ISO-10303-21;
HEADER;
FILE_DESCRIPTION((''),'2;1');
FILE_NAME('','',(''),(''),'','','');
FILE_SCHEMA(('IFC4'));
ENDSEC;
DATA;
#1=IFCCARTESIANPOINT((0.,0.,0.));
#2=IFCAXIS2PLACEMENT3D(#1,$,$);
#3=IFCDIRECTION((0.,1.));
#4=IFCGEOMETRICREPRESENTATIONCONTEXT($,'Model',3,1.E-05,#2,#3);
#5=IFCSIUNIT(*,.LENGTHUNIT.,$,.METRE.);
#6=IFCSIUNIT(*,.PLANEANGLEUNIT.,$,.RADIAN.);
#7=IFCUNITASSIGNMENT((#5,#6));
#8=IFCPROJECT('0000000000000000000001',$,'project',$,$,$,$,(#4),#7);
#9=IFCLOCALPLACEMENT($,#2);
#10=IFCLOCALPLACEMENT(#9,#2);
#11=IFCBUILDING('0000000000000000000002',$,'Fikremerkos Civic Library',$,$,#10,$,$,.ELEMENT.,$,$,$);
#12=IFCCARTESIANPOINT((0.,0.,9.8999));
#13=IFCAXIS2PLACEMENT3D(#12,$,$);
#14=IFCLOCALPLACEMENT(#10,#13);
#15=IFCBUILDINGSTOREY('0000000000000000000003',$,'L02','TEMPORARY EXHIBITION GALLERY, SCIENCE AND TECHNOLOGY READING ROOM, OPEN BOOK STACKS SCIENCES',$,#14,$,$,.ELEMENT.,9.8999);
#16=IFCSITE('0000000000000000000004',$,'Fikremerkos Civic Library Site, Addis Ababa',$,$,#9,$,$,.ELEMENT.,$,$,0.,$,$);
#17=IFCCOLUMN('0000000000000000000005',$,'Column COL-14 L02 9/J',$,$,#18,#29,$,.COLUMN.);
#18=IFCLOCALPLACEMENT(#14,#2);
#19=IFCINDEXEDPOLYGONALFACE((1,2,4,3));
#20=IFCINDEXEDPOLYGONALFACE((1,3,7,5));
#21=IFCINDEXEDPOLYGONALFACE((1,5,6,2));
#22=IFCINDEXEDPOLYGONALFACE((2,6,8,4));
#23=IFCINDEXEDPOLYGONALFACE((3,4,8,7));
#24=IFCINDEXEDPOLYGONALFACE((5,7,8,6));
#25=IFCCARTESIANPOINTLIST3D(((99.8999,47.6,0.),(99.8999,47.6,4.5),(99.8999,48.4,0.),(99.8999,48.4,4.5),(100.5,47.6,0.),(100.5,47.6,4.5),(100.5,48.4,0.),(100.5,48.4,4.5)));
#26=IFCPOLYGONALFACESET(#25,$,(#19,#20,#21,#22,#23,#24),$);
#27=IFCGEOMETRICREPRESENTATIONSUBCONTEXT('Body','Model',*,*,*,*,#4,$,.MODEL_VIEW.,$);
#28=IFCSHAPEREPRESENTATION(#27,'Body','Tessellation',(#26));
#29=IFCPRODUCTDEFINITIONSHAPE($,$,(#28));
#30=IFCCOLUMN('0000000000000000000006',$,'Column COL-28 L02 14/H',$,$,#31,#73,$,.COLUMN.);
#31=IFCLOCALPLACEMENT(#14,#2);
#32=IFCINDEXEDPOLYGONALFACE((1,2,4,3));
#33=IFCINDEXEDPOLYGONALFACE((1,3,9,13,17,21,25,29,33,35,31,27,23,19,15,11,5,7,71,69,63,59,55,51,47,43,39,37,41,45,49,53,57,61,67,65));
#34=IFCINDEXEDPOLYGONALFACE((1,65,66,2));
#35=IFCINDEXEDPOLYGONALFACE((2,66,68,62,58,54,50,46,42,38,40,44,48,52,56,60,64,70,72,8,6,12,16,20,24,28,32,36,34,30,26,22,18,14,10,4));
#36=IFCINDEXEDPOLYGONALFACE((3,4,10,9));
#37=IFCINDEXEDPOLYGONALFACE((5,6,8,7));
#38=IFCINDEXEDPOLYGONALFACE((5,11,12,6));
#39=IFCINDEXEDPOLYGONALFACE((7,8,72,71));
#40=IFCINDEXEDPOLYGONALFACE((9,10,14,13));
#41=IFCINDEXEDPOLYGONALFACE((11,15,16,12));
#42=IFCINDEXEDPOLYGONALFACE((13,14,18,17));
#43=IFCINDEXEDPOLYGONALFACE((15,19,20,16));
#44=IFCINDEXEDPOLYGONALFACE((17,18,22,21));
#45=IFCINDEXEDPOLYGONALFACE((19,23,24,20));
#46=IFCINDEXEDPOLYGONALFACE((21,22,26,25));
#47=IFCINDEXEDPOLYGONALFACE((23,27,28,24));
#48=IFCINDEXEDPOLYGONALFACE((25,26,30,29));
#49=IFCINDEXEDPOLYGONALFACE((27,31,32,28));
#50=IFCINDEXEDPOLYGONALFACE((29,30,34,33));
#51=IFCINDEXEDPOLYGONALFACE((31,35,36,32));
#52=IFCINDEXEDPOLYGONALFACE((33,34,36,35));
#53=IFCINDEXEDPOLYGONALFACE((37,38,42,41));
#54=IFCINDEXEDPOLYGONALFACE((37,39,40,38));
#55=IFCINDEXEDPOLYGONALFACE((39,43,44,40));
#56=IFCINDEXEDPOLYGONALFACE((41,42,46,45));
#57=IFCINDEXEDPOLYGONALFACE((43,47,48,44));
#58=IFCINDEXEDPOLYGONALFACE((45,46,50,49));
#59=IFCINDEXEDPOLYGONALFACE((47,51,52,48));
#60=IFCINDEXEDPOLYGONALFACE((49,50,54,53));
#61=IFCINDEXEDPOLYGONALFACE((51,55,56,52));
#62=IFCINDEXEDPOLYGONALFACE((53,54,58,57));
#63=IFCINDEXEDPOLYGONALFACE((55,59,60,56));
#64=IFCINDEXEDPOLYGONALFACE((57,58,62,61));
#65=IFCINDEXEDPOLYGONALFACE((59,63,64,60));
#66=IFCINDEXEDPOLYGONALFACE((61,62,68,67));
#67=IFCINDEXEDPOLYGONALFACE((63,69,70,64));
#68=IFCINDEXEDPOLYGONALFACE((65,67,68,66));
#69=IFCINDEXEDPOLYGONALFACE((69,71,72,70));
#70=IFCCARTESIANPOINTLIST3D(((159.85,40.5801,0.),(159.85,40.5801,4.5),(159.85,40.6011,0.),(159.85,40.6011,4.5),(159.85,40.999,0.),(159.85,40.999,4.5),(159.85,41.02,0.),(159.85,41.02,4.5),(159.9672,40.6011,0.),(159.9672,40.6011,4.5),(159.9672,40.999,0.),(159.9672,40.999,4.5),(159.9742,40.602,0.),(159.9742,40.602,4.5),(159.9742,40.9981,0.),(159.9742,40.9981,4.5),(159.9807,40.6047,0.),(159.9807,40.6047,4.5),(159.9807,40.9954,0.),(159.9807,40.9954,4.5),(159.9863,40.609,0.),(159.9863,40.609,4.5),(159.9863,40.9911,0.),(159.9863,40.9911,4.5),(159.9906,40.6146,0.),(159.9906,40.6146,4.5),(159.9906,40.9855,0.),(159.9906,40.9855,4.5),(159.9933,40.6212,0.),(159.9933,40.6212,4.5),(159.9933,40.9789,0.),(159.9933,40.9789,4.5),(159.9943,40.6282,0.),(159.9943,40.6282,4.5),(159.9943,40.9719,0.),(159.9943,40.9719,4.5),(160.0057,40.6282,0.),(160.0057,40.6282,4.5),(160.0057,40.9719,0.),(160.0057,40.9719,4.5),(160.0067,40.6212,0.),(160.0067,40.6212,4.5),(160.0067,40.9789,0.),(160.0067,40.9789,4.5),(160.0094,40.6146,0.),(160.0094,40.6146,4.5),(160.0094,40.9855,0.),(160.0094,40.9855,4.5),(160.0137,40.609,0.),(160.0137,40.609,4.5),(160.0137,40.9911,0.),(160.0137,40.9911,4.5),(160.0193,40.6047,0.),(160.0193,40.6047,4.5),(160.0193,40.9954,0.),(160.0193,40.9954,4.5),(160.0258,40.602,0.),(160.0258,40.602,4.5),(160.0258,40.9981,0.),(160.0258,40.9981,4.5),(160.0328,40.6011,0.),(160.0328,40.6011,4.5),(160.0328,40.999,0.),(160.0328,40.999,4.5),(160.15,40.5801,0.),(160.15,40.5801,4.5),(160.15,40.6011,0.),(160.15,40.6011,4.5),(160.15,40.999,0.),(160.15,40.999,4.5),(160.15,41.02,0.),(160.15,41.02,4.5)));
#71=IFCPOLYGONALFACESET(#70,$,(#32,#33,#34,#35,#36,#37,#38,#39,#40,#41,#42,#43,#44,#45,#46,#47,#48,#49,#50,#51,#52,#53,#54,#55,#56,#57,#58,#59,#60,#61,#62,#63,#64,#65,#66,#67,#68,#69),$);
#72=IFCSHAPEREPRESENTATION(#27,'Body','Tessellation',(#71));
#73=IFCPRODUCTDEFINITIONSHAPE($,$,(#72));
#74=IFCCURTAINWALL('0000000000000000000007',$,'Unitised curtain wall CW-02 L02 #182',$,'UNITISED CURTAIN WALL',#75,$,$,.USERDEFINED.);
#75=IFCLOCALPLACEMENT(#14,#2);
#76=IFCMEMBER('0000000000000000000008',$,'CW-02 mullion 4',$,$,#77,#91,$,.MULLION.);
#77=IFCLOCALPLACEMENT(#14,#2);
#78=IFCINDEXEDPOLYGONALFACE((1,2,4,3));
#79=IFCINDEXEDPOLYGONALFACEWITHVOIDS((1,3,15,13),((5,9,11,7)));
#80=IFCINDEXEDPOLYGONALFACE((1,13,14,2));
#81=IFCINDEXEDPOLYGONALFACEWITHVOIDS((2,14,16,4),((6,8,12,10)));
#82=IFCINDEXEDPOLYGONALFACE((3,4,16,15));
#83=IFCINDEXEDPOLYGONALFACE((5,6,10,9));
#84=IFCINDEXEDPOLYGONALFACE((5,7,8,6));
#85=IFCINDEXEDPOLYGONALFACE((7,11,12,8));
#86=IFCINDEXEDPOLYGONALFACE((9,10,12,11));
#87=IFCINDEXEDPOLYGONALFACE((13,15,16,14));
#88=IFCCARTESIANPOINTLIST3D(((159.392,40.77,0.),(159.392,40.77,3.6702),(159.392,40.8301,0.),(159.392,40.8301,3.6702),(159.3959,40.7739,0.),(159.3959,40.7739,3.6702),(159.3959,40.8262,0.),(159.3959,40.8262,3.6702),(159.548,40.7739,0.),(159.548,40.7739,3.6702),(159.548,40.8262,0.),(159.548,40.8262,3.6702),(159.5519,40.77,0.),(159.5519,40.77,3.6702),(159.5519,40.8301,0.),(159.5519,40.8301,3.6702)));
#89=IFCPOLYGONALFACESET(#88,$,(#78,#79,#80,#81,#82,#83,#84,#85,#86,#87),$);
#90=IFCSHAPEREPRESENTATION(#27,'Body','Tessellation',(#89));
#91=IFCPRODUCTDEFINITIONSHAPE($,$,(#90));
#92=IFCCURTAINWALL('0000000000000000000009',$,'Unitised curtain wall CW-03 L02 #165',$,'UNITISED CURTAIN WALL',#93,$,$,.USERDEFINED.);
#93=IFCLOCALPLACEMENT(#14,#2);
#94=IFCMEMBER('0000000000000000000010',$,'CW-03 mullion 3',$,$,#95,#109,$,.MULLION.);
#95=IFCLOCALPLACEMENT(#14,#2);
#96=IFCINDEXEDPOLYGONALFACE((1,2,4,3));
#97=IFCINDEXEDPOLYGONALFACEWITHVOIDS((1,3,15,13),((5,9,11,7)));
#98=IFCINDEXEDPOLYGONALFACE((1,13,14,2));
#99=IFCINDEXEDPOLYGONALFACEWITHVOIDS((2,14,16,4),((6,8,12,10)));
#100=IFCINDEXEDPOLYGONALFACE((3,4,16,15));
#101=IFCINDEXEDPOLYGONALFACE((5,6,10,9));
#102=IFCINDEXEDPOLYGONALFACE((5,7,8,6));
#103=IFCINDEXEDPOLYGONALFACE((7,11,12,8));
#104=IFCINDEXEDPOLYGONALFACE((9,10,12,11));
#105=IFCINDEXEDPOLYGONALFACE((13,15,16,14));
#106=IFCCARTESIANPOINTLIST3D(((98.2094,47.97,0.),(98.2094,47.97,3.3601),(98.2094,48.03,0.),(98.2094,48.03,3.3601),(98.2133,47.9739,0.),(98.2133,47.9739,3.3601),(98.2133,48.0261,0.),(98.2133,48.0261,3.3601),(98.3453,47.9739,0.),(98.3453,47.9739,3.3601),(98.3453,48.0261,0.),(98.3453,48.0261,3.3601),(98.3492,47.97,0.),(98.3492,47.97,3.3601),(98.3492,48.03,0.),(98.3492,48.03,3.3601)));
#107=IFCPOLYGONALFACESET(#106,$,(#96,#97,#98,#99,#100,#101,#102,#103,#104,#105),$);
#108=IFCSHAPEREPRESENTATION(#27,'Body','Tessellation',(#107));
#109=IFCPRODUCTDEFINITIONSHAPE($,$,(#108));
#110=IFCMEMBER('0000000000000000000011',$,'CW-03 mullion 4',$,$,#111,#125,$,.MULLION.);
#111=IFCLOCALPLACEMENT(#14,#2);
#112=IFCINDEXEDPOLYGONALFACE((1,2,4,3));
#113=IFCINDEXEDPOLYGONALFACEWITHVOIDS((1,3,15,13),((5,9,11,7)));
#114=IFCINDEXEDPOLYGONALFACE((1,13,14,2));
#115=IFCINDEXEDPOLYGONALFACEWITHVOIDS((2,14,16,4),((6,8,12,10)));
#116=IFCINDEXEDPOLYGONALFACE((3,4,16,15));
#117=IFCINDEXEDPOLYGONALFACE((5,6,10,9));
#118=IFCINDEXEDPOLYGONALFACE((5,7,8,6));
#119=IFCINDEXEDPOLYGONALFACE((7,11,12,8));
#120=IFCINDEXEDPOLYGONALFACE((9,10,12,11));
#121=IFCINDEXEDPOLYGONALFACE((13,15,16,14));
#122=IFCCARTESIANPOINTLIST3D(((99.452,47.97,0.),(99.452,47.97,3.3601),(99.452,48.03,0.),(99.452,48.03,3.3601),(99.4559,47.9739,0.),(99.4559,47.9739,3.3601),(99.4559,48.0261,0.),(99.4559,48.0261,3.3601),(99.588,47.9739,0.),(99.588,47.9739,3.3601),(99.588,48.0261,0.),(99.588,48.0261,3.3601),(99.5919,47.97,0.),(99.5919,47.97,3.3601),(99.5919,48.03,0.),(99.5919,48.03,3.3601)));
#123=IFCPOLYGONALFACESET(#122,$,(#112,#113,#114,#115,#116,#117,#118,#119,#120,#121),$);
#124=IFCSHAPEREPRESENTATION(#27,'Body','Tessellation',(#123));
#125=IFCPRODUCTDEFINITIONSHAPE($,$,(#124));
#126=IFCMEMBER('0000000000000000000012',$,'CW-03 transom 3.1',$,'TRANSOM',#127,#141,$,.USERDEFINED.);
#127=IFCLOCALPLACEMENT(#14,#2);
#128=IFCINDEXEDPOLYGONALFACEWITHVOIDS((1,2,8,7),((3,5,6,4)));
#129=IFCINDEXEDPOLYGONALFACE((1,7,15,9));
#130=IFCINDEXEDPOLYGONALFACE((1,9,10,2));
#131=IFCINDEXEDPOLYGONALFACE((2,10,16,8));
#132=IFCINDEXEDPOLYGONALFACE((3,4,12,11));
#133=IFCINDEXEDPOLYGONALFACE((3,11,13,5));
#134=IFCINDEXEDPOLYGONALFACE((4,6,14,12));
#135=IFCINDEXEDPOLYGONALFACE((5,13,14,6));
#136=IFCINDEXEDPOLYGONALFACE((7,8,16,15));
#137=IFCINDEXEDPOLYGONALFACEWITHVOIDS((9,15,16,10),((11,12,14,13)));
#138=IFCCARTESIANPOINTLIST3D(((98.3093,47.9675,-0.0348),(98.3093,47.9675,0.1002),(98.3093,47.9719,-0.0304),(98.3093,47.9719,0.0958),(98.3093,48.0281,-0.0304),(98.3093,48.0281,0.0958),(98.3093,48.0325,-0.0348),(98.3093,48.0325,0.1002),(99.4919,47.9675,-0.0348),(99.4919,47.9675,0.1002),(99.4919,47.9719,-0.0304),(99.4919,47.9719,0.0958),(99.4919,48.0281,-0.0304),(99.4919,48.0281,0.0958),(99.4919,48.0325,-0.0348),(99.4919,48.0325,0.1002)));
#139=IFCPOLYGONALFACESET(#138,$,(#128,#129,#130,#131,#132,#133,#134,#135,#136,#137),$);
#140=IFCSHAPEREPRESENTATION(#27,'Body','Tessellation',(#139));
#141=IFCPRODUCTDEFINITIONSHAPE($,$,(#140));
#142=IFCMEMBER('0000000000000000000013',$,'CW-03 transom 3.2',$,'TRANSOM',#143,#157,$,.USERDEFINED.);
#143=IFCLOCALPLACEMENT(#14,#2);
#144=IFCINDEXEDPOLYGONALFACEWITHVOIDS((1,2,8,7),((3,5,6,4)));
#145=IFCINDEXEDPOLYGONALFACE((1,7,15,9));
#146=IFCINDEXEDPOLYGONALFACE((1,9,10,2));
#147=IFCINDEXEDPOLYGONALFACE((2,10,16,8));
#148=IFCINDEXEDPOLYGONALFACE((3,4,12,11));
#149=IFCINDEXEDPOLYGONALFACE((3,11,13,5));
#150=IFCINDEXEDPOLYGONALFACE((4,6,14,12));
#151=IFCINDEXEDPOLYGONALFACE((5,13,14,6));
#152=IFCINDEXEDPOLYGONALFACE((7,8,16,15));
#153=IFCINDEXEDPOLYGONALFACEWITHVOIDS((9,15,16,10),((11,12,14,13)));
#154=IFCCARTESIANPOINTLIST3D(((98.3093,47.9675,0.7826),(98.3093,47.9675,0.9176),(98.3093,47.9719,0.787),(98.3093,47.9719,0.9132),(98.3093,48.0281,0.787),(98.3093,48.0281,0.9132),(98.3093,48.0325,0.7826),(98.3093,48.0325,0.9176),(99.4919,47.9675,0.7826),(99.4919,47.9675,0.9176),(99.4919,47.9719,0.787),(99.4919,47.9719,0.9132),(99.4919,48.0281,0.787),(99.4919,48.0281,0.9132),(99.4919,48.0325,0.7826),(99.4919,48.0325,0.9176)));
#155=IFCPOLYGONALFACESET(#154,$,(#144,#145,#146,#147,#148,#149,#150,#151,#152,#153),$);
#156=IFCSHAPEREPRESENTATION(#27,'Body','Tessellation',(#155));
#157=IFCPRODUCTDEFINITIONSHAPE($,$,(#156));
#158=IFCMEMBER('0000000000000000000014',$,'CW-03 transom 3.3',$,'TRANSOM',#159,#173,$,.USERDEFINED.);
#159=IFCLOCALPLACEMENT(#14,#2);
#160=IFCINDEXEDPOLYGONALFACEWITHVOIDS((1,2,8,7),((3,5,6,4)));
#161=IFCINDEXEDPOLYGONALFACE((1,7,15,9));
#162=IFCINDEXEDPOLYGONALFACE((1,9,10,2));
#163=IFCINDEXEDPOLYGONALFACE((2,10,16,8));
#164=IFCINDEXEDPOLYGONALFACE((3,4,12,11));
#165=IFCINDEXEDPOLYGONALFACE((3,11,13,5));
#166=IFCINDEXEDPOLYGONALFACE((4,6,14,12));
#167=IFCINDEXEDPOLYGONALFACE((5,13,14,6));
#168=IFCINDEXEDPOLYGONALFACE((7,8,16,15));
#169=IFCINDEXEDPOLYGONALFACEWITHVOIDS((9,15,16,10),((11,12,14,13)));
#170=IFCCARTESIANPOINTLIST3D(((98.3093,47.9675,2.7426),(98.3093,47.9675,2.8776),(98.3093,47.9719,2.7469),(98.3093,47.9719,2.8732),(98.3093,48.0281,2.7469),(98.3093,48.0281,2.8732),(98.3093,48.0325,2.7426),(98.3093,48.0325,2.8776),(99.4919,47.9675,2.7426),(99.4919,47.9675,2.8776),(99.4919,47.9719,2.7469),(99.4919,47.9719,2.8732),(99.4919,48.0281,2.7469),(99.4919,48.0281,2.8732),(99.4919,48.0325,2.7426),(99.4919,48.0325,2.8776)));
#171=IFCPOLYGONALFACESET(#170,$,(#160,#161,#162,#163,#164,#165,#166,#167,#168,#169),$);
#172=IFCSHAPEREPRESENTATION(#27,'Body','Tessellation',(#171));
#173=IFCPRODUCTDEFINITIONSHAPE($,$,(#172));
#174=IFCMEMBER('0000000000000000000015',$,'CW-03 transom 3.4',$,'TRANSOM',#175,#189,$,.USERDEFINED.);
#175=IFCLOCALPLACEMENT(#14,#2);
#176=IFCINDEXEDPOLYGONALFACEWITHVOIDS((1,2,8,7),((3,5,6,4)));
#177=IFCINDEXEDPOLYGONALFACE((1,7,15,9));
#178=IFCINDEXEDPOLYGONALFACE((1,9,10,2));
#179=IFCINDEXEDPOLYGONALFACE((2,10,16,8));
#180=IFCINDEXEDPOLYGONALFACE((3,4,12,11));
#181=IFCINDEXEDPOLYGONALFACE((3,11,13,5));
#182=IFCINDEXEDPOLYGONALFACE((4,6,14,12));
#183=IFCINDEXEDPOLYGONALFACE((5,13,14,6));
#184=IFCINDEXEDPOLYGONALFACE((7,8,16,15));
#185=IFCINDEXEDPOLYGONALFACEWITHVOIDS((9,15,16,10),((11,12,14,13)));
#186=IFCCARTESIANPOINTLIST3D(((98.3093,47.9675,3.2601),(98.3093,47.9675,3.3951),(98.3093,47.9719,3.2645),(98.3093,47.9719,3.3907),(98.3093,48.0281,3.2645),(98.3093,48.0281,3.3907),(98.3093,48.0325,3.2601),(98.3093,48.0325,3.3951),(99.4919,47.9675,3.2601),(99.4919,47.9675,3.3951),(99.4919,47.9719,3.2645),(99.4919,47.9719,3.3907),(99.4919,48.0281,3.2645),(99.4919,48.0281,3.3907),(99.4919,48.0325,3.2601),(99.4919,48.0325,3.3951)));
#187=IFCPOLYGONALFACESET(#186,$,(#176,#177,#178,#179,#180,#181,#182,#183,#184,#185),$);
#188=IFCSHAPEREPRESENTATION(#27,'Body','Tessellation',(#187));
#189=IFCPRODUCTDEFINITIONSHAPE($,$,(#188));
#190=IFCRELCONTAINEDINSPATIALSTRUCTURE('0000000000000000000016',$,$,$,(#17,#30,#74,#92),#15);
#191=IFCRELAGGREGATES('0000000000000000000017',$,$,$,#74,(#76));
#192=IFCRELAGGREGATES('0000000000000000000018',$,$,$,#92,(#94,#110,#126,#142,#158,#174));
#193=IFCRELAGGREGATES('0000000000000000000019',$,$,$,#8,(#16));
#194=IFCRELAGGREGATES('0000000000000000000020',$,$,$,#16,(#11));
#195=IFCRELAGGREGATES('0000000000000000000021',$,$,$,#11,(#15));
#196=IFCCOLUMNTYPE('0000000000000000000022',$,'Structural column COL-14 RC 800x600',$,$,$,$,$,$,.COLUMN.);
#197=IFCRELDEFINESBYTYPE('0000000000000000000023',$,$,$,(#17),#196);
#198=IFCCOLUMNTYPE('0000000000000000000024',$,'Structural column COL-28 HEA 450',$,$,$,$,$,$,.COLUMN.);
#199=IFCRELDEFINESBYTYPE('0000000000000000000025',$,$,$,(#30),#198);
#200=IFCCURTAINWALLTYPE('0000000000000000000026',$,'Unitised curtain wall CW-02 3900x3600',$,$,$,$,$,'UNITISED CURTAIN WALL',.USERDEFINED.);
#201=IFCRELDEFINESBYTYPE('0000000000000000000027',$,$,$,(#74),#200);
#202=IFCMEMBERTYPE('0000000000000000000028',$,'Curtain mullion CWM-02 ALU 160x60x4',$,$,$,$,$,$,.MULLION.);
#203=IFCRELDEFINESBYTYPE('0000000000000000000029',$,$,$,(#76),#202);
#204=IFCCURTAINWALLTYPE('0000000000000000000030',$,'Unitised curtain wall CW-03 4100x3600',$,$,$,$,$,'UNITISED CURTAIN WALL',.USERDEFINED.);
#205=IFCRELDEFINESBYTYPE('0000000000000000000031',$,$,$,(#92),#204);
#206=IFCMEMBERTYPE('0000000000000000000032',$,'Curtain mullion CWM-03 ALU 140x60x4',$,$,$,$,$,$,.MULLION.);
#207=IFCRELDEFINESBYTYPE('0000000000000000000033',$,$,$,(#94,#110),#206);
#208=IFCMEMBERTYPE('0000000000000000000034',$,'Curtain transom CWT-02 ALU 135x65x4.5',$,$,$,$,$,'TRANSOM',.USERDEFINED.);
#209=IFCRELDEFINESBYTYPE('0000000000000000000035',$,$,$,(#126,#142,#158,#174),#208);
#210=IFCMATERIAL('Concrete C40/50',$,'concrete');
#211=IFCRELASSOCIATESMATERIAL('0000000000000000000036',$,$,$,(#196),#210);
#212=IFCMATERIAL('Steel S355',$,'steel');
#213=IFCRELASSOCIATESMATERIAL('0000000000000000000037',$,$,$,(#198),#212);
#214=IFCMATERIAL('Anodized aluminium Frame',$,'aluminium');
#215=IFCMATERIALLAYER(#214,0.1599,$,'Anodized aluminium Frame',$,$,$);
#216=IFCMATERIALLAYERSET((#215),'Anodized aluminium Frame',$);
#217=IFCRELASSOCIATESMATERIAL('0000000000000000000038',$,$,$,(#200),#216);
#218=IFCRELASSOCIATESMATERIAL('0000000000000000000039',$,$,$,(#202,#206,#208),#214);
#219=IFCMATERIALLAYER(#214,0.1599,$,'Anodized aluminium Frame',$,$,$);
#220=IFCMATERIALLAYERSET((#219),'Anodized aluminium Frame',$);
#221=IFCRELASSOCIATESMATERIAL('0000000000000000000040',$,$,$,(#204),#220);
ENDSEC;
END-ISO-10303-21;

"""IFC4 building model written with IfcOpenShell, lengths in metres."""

from ifc_helpers import new_model, si_unit, direction, frame, origin, origin_2d, place, context, subcontext, project, spatial, rectangle, hollow_rectangle, i_section, extrude, material, layer, layer_set, material_profile, profile_set, type_object, element, aggregate, save


model = new_model("IFC4")

# Units and contexts
model_context = context("Model", 3, precision=1e-05, world=origin(), true_north=direction((0.0, 1.0)))
body_context = subcontext(model_context, "Body", "Model", "MODEL_VIEW")
ifc_project = project(units=[si_unit("LENGTHUNIT", "METRE"), si_unit("PLANEANGLEUNIT", "RADIAN")], contexts=[model_context])

# Site, building, storey
site_placement = place(None, origin())
site = spatial("IfcSite", under=ifc_project, at=site_placement, Name="Fikremerkos Civic Library Site, Addis Ababa", CompositionType="ELEMENT", RefElevation=0.0)
building_placement = place(site_placement, origin())
building = spatial("IfcBuilding", under=site, at=building_placement, Name="Fikremerkos Civic Library", CompositionType="ELEMENT")
storey_placement = place(building_placement, frame((0.0, 0.0, 9.8999)))
storey = spatial("IfcBuildingStorey", under=building, at=storey_placement, Name="L02", Description="TEMPORARY EXHIBITION GALLERY, SCIENCE AND TECHNOLOGY READING ROOM, OPEN BOOK STACKS SCIENCES", CompositionType="ELEMENT", Elevation=9.8999)

# Columns
ifc_material_1 = material(Name="Concrete C40/50", Category="concrete")
ifc_material_profile_1 = material_profile(ifc_material_1, rectangle(XDim=0.8, YDim=0.6001, at=origin_2d()), Name="RC 800x600")
ifc_profile_set_1 = profile_set([ifc_material_profile_1], Name="Concrete C40/50")
column_type_1 = type_object("IfcColumnType", Name="Structural column COL-14 RC 800x600", PredefinedType="COLUMN", material=ifc_profile_set_1)
column_1_placement = place(storey_placement, frame((100.2, 48.0, 0.0), z_axis=(0.0, 0.0, 1.0), x_axis=(0.0, 1.0, 0.0)))
element("IfcColumn", 1, at=column_1_placement, inside=storey, type_object=column_type_1, Name="Column COL-14 L02 9/J", PredefinedType="COLUMN", context=body_context, shape_type="SweptSolid", body=[
    extrude(rectangle(XDim=0.8, YDim=0.6001, at=origin_2d()), origin(), (0.0, 0.0, 1.0), 4.5),
])
ifc_material_2 = material(Name="Steel S355", Category="steel")
ifc_material_profile_2 = material_profile(ifc_material_2, i_section(OverallWidth=0.3, OverallDepth=0.4399, WebThickness=0.0115, FlangeThickness=0.021, FilletRadius=0.0271, at=origin_2d()), Name="HEA 450")
ifc_profile_set_2 = profile_set([ifc_material_profile_2], Name="Steel S355")
column_type_2 = type_object("IfcColumnType", Name="Structural column COL-28 HEA 450", PredefinedType="COLUMN", material=ifc_profile_set_2)
column_2_placement = place(storey_placement, frame((160.0, 40.8, 0.0), z_axis=(0.0, 0.0, 1.0), x_axis=(1.0, 0.0, 0.0)))
element("IfcColumn", 2, at=column_2_placement, inside=storey, type_object=column_type_2, Name="Column COL-28 L02 14/H", PredefinedType="COLUMN", context=body_context, shape_type="SweptSolid", body=[
    extrude(i_section(OverallWidth=0.3, OverallDepth=0.4399, WebThickness=0.0115, FlangeThickness=0.021, FilletRadius=0.0271, at=origin_2d()), origin(), (0.0, 0.0, 1.0), 4.5),
])

# Curtain wall, member
ifc_material_3 = material(Name="Anodized aluminium Frame", Category="aluminium")
ifc_layer_1 = layer(ifc_material_3, 0.1599, Name="Anodized aluminium Frame")
ifc_layer_set_1 = layer_set([ifc_layer_1], Name="Anodized aluminium Frame")
curtain_wall_type_1 = type_object("IfcCurtainWallType", Name="Unitised curtain wall CW-02 3900x3600", ElementType="UNITISED CURTAIN WALL", PredefinedType="USERDEFINED", material=ifc_layer_set_1)
curtain_wall_1_placement = place(storey_placement, origin())
curtain_wall_1 = element("IfcCurtainWall", 3, at=curtain_wall_1_placement, inside=storey, type_object=curtain_wall_type_1, Name="Unitised curtain wall CW-02 L02 #182", ObjectType="UNITISED CURTAIN WALL", PredefinedType="USERDEFINED")
ifc_material_profile_3 = material_profile(ifc_material_3, hollow_rectangle(XDim=0.0601, YDim=0.1599, WallThickness=0.0039, at=origin_2d()), Name="ALU 160x60x4")
ifc_profile_set_3 = profile_set([ifc_material_profile_3], Name="Anodized aluminium Frame")
member_type_1 = type_object("IfcMemberType", Name="Curtain mullion CWM-02 ALU 160x60x4", PredefinedType="MULLION", material=ifc_profile_set_3)
member_1_placement = place(storey_placement, frame((159.4719, 40.8, 0.0), z_axis=(0.0, 0.0, 1.0), x_axis=(0.0, 1.0, 0.0)))
member_1 = element("IfcMember", 4, at=member_1_placement, type_object=member_type_1, Name="CW-02 mullion 4", PredefinedType="MULLION", context=body_context, shape_type="SweptSolid", body=[
    extrude(hollow_rectangle(XDim=0.0601, YDim=0.1599, WallThickness=0.0039, at=origin_2d()), origin(), (0.0, 0.0, 1.0), 3.6702),
])

# Curtain wall, members
ifc_layer_2 = layer(ifc_material_3, 0.1599, Name="Anodized aluminium Frame")
ifc_layer_set_2 = layer_set([ifc_layer_2], Name="Anodized aluminium Frame")
curtain_wall_type_2 = type_object("IfcCurtainWallType", Name="Unitised curtain wall CW-03 4100x3600", ElementType="UNITISED CURTAIN WALL", PredefinedType="USERDEFINED", material=ifc_layer_set_2)
curtain_wall_2_placement = place(storey_placement, origin())
curtain_wall_2 = element("IfcCurtainWall", 5, at=curtain_wall_2_placement, inside=storey, type_object=curtain_wall_type_2, Name="Unitised curtain wall CW-03 L02 #165", ObjectType="UNITISED CURTAIN WALL", PredefinedType="USERDEFINED")
ifc_material_profile_4 = material_profile(ifc_material_3, hollow_rectangle(XDim=0.0601, YDim=0.1399, WallThickness=0.0039, at=origin_2d()), Name="ALU 140x60x4")
ifc_profile_set_4 = profile_set([ifc_material_profile_4], Name="Anodized aluminium Frame")
member_type_2 = type_object("IfcMemberType", Name="Curtain mullion CWM-03 ALU 140x60x4", PredefinedType="MULLION", material=ifc_profile_set_4)
member_2_placement = place(storey_placement, frame((98.2793, 48.0, 0.0), z_axis=(0.0, 0.0, 1.0), x_axis=(0.0, 1.0, 0.0)))
member_2 = element("IfcMember", 6, at=member_2_placement, type_object=member_type_2, Name="CW-03 mullion 3", PredefinedType="MULLION", context=body_context, shape_type="SweptSolid", body=[
    extrude(hollow_rectangle(XDim=0.0601, YDim=0.1399, WallThickness=0.0039, at=origin_2d()), origin(), (0.0, 0.0, 1.0), 3.3601),
])
member_3_placement = place(storey_placement, frame((99.522, 48.0, 0.0), z_axis=(0.0, 0.0, 1.0), x_axis=(0.0, 1.0, 0.0)))
member_3 = element("IfcMember", 7, at=member_3_placement, type_object=member_type_2, Name="CW-03 mullion 4", PredefinedType="MULLION", context=body_context, shape_type="SweptSolid", body=[
    extrude(hollow_rectangle(XDim=0.0601, YDim=0.1399, WallThickness=0.0039, at=origin_2d()), origin(), (0.0, 0.0, 1.0), 3.3601),
])
ifc_material_profile_5 = material_profile(ifc_material_3, hollow_rectangle(XDim=0.0649, YDim=0.135, WallThickness=0.0044, at=origin_2d()), Name="ALU 135x65x4.5")
ifc_profile_set_5 = profile_set([ifc_material_profile_5], Name="Anodized aluminium Frame")
member_type_3 = type_object("IfcMemberType", Name="Curtain transom CWT-02 ALU 135x65x4.5", ElementType="TRANSOM", PredefinedType="USERDEFINED", material=ifc_profile_set_5)
member_4_placement = place(storey_placement, frame((98.3093, 48.0, 0.0327), z_axis=(1.0, 0.0, 0.0), x_axis=(0.0, 1.0, 0.0)))
member_4 = element("IfcMember", 8, at=member_4_placement, type_object=member_type_3, Name="CW-03 transom 3.1", ObjectType="TRANSOM", PredefinedType="USERDEFINED", context=body_context, shape_type="SweptSolid", body=[
    extrude(hollow_rectangle(XDim=0.0649, YDim=0.135, WallThickness=0.0044, at=origin_2d()), origin(), (0.0, 0.0, 1.0), 1.1826),
])
member_5_placement = place(storey_placement, frame((98.3093, 48.0, 0.8501), z_axis=(1.0, 0.0, 0.0), x_axis=(0.0, 1.0, 0.0)))
member_5 = element("IfcMember", 9, at=member_5_placement, type_object=member_type_3, Name="CW-03 transom 3.2", ObjectType="TRANSOM", PredefinedType="USERDEFINED", context=body_context, shape_type="SweptSolid", body=[
    extrude(hollow_rectangle(XDim=0.0649, YDim=0.135, WallThickness=0.0044, at=origin_2d()), origin(), (0.0, 0.0, 1.0), 1.1826),
])
member_6_placement = place(storey_placement, frame((98.3093, 48.0, 2.8101), z_axis=(1.0, 0.0, 0.0), x_axis=(0.0, 1.0, 0.0)))
member_6 = element("IfcMember", 10, at=member_6_placement, type_object=member_type_3, Name="CW-03 transom 3.3", ObjectType="TRANSOM", PredefinedType="USERDEFINED", context=body_context, shape_type="SweptSolid", body=[
    extrude(hollow_rectangle(XDim=0.0649, YDim=0.135, WallThickness=0.0044, at=origin_2d()), origin(), (0.0, 0.0, 1.0), 1.1826),
])
member_7_placement = place(storey_placement, frame((98.3093, 48.0, 3.3276), z_axis=(1.0, 0.0, 0.0), x_axis=(0.0, 1.0, 0.0)))
member_7 = element("IfcMember", 11, at=member_7_placement, type_object=member_type_3, Name="CW-03 transom 3.4", ObjectType="TRANSOM", PredefinedType="USERDEFINED", context=body_context, shape_type="SweptSolid", body=[
    extrude(hollow_rectangle(XDim=0.0649, YDim=0.135, WallThickness=0.0044, at=origin_2d()), origin(), (0.0, 0.0, 1.0), 1.1826),
])

aggregate(curtain_wall_1, [member_1])
aggregate(curtain_wall_2, [member_2, member_3, member_4, member_5, member_6, member_7])

save(model, "model.ifc")
